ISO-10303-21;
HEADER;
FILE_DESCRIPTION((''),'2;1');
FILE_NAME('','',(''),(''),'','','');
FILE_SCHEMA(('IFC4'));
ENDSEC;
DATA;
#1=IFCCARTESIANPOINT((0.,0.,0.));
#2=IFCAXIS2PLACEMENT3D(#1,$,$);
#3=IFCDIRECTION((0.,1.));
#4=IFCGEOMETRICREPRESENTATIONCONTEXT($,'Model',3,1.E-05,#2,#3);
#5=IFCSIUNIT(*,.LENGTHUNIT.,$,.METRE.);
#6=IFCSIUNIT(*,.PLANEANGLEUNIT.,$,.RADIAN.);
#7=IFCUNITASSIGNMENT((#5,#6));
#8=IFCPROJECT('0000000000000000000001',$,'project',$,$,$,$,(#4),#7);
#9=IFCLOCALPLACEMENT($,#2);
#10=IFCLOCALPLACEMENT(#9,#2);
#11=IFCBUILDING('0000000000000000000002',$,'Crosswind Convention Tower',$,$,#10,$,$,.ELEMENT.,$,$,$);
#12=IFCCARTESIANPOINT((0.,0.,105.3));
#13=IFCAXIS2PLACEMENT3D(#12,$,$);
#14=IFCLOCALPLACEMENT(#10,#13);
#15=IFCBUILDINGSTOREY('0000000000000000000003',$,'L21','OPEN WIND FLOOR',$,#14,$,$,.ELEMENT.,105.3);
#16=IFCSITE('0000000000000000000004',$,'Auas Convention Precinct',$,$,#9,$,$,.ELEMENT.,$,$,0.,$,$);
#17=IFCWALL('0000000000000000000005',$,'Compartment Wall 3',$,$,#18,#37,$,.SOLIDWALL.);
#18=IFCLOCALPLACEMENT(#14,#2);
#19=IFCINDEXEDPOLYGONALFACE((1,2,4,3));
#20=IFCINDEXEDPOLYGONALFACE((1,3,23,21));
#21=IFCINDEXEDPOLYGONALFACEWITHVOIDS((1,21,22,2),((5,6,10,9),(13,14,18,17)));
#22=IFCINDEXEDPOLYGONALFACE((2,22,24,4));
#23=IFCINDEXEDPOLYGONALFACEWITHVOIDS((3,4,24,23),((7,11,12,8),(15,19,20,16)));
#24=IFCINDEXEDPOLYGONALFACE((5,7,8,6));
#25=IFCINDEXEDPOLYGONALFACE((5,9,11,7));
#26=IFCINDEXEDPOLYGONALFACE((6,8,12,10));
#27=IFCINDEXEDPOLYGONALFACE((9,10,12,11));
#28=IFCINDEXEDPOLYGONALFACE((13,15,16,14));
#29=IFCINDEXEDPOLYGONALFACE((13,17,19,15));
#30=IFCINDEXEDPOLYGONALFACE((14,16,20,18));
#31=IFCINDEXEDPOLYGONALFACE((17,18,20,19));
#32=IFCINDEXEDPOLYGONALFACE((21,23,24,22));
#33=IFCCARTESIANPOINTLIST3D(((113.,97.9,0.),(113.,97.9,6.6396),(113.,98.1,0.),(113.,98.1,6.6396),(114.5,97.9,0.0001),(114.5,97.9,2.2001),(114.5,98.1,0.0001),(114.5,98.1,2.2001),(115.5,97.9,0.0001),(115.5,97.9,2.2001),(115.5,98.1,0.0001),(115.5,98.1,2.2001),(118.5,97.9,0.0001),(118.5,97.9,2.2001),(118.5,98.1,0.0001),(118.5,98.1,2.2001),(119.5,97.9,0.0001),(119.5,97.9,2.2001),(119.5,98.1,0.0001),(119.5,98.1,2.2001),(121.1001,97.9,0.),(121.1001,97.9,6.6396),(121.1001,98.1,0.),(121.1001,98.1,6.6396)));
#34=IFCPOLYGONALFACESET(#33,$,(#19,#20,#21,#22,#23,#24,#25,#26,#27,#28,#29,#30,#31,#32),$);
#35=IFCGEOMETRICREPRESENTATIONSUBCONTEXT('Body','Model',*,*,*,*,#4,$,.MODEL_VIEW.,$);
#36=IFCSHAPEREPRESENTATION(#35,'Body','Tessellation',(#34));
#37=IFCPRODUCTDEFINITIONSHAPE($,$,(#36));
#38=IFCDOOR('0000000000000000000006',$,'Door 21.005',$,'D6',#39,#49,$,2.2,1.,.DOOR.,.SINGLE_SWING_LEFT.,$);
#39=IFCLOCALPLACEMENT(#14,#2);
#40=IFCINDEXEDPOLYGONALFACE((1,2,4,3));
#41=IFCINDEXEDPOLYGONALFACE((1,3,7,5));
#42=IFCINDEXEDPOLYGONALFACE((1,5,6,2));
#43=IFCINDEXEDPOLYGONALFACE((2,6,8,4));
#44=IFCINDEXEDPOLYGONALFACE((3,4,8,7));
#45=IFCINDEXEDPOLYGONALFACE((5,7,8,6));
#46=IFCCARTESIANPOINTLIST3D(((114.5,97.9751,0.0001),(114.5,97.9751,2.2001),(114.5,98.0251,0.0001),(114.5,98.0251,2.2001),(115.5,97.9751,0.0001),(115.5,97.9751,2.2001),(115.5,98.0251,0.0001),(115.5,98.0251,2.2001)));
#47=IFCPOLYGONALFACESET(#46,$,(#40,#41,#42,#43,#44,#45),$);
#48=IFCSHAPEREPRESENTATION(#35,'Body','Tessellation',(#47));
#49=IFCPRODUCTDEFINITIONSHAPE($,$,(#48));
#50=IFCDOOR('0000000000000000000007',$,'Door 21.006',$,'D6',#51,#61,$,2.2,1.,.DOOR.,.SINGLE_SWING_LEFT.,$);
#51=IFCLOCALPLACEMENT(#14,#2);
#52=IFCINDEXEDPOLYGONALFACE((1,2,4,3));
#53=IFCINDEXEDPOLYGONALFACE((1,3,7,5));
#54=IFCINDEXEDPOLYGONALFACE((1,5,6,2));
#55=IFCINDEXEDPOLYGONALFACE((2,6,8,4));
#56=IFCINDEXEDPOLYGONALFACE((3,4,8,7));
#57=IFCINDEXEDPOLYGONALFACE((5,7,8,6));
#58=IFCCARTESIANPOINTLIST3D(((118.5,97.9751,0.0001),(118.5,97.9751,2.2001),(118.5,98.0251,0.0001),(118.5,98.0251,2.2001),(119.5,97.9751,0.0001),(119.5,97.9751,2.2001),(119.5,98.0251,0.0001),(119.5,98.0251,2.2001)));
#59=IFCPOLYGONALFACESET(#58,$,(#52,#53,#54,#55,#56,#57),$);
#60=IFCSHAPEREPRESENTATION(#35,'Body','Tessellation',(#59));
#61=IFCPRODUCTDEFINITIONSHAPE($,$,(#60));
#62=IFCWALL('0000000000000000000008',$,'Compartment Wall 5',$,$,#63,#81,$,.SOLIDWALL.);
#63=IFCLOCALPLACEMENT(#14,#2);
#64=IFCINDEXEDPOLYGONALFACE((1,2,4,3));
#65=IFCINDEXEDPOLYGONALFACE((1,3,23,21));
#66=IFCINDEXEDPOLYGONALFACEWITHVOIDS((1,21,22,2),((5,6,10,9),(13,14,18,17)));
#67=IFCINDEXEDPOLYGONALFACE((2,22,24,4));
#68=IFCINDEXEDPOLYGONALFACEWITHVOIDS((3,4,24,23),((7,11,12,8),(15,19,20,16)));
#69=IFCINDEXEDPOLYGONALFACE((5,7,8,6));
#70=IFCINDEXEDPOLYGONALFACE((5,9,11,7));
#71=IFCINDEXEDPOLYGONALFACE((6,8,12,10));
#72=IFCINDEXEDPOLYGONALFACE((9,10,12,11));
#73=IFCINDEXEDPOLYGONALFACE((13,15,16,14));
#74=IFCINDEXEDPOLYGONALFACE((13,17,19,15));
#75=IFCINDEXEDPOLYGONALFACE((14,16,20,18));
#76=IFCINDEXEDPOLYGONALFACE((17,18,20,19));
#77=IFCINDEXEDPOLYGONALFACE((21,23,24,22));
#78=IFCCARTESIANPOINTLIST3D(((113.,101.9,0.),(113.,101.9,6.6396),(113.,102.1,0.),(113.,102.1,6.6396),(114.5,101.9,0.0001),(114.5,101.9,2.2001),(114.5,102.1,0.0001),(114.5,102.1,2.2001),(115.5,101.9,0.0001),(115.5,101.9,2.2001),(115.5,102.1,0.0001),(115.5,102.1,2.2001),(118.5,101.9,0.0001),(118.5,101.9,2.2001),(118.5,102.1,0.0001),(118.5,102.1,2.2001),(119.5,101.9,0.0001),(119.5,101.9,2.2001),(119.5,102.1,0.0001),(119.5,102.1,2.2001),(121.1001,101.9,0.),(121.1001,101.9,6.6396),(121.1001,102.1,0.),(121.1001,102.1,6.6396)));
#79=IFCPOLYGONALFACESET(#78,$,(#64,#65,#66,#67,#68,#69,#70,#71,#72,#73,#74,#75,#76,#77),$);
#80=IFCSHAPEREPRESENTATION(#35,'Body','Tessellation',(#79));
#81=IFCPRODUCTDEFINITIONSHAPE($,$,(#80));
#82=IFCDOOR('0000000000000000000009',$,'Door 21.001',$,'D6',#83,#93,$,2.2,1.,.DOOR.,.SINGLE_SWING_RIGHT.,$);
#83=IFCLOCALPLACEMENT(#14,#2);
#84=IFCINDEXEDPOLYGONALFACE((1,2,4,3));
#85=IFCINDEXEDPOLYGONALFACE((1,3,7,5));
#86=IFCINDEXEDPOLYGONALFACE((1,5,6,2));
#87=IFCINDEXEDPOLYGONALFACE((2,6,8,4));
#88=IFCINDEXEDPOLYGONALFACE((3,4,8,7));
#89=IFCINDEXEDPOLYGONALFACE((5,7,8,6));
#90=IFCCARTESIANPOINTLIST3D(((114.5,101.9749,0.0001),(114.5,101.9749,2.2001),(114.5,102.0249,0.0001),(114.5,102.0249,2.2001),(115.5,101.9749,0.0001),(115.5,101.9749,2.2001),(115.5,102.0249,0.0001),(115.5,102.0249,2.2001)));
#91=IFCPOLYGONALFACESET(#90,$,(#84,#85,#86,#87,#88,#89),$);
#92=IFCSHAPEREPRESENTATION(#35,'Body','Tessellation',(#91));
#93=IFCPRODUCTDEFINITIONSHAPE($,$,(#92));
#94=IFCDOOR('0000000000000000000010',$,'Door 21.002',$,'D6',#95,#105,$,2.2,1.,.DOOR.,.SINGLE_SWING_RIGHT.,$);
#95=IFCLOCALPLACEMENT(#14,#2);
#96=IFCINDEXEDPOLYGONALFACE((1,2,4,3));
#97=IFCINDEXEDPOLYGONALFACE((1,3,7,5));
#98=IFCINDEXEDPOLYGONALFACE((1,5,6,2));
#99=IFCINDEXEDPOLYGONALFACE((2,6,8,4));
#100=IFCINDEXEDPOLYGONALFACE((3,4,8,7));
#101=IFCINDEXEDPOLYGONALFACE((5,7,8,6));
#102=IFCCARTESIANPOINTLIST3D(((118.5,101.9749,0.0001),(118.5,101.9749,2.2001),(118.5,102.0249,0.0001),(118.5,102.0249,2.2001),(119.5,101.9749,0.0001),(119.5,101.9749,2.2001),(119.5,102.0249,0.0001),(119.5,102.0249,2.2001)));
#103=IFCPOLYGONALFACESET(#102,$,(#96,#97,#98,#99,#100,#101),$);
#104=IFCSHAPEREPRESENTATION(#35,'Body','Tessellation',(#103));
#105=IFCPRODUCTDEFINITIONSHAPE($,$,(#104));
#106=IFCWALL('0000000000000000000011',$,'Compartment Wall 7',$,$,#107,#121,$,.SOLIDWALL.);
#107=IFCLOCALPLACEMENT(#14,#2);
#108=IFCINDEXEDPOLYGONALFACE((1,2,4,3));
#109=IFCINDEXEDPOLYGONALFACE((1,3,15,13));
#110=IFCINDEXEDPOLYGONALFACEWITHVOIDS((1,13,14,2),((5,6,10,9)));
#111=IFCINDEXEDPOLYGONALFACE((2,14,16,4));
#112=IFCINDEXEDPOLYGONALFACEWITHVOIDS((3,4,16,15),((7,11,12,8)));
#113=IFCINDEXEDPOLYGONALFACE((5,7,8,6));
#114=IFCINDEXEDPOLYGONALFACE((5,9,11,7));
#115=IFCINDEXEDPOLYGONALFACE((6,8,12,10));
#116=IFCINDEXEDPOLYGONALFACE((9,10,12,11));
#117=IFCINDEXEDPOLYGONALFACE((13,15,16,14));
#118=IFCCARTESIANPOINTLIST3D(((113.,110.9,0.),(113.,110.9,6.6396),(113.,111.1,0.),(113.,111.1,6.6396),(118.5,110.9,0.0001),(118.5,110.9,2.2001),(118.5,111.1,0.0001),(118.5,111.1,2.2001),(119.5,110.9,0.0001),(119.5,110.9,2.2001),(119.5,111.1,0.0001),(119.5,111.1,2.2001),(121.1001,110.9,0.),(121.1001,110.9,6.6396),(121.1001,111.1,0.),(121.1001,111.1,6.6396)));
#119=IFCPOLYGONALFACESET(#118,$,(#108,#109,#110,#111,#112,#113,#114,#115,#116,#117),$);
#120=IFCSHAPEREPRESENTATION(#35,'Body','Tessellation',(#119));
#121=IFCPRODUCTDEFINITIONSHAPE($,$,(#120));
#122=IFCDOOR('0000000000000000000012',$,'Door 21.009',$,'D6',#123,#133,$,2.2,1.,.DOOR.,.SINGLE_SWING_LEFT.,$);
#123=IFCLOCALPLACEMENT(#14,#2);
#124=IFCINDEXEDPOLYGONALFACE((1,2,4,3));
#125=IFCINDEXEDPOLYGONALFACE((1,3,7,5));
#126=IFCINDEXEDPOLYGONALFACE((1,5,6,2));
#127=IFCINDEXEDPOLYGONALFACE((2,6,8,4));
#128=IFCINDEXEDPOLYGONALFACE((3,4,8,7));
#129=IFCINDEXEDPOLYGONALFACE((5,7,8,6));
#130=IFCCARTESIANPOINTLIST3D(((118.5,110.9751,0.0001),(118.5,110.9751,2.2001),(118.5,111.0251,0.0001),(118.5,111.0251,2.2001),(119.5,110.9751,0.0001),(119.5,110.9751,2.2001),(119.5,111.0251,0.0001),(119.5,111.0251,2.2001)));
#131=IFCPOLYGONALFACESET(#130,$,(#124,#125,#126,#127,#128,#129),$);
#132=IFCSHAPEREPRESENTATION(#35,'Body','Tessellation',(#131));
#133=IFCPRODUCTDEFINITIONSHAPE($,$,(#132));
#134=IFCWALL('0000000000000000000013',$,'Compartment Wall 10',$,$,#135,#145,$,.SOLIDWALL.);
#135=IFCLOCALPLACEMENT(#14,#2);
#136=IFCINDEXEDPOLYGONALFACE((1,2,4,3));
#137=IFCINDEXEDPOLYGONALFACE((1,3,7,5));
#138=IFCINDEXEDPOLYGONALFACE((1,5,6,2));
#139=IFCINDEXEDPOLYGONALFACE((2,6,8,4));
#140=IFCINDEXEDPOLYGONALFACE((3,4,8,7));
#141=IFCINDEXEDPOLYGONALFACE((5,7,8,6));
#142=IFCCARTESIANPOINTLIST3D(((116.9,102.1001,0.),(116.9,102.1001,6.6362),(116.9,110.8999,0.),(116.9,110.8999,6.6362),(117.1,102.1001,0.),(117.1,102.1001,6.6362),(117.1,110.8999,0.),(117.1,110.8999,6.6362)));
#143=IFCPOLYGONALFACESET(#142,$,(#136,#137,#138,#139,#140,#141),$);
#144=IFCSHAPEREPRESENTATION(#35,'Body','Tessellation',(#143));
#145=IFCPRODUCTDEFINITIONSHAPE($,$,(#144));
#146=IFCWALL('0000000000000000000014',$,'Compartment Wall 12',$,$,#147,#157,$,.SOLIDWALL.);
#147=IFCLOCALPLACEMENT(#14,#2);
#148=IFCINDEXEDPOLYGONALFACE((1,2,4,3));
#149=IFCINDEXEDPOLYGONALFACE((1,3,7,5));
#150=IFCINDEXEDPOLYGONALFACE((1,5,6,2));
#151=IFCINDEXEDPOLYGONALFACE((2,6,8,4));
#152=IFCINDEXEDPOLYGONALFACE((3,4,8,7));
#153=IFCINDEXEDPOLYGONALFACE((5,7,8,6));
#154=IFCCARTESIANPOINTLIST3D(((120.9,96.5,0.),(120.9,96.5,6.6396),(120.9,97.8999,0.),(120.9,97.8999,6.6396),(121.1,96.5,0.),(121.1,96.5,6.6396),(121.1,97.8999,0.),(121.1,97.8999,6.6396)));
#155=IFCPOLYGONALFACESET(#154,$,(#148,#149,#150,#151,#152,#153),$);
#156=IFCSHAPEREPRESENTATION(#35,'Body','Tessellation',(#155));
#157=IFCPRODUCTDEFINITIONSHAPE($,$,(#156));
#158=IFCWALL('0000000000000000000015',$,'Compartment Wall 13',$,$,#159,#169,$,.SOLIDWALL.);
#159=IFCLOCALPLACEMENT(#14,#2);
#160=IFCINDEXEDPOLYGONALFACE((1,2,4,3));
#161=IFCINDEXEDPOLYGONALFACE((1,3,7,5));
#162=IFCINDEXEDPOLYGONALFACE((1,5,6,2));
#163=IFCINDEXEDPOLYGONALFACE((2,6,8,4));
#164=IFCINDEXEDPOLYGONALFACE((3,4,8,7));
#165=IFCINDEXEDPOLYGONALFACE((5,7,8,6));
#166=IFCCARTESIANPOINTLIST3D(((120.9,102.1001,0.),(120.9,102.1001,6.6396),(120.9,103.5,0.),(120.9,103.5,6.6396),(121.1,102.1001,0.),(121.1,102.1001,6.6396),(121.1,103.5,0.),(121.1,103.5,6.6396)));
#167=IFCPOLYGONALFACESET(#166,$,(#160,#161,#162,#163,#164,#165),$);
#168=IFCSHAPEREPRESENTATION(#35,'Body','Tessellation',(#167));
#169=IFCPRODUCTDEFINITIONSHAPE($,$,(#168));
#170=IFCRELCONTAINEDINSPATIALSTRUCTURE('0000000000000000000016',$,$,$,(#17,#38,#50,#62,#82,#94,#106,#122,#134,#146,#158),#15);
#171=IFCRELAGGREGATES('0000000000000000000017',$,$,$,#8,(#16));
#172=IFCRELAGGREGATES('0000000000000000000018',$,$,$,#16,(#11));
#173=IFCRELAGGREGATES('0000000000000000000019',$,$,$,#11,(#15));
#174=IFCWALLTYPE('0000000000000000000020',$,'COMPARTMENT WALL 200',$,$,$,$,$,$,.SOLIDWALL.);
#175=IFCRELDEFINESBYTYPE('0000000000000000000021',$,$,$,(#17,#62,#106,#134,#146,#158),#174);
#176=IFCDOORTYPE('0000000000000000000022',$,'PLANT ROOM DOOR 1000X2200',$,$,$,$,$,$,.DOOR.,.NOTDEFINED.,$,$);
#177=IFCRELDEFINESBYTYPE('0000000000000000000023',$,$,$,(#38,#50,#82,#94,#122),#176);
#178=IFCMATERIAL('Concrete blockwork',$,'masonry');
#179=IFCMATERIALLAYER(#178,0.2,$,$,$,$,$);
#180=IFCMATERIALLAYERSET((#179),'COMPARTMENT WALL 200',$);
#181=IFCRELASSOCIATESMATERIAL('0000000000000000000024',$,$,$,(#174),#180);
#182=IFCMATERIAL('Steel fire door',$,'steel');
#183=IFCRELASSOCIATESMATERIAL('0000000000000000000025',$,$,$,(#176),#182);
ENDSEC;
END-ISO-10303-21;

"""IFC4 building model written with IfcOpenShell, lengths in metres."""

from ifc_helpers import new_model, si_unit, direction, frame, frame_2d, origin, place, context, subcontext, project, spatial, rectangle, extrude, material, layer, layer_set, type_object, element, fill, save


model = new_model("IFC4")

# Units and contexts
model_context = context("Model", 3, precision=1e-05, world=origin(), true_north=direction((0.0, 1.0)))
body_context = subcontext(model_context, "Body", "Model", "MODEL_VIEW")
ifc_project = project(units=[si_unit("LENGTHUNIT", "METRE"), si_unit("PLANEANGLEUNIT", "RADIAN")], contexts=[model_context])

# Site, building, storey
site_placement = place(None, origin())
site = spatial("IfcSite", under=ifc_project, at=site_placement, Name="Auas Convention Precinct", CompositionType="ELEMENT", RefElevation=0.0)
building_placement = place(site_placement, origin())
building = spatial("IfcBuilding", under=site, at=building_placement, Name="Crosswind Convention Tower", CompositionType="ELEMENT")
storey_placement = place(building_placement, frame((0.0, 0.0, 105.3)))
storey = spatial("IfcBuildingStorey", under=building, at=storey_placement, Name="L21", Description="OPEN WIND FLOOR", CompositionType="ELEMENT", Elevation=105.3)

# Walls, openings, doors
ifc_material_1 = material(Name="Concrete blockwork", Category="masonry")
ifc_layer_1 = layer(ifc_material_1, 0.2)
ifc_layer_set_1 = layer_set([ifc_layer_1], Name="COMPARTMENT WALL 200")
wall_type_1 = type_object("IfcWallType", Name="COMPARTMENT WALL 200", PredefinedType="SOLIDWALL", material=ifc_layer_set_1)
wall_1_placement = place(storey_placement, frame((113.0, 98.0, 0.0), z_axis=(0.0, 0.0, 1.0), x_axis=(1.0, 0.0, 0.0)))
wall_1 = element("IfcWall", 1, at=wall_1_placement, inside=storey, type_object=wall_type_1, Name="Compartment Wall 3", PredefinedType="SOLIDWALL", context=body_context, shape_type="SweptSolid", body=[
    extrude(rectangle(XDim=8.1001, YDim=0.2, at=frame_2d((4.05, 0.0))), origin(), (0.0, 0.0, 1.0), 6.6396),
])
opening_1_placement = place(wall_1_placement, frame((1.5, 0.0, 0.0)))
opening_1 = element("IfcOpeningElement", 2, at=opening_1_placement, cuts=wall_1, PredefinedType="OPENING", context=body_context, shape_type="SweptSolid", body=[
    extrude(rectangle(XDim=1.0, YDim=2.2, at=frame_2d((0.5, 1.1001))), frame((0.0, 0.1099, 0.0), z_axis=(0.0, -1.0, 0.0), x_axis=(1.0, 0.0, 0.0)), (0.0, 0.0, 1.0), 0.22),
])
opening_2_placement = place(wall_1_placement, frame((5.5, 0.0, 0.0)))
opening_2 = element("IfcOpeningElement", 3, at=opening_2_placement, cuts=wall_1, PredefinedType="OPENING", context=body_context, shape_type="SweptSolid", body=[
    extrude(rectangle(XDim=1.0, YDim=2.2, at=frame_2d((0.5, 1.1001))), frame((0.0, 0.1099, 0.0), z_axis=(0.0, -1.0, 0.0), x_axis=(1.0, 0.0, 0.0)), (0.0, 0.0, 1.0), 0.22),
])
ifc_material_2 = material(Name="Steel fire door", Category="steel")
door_type_1 = type_object("IfcDoorType", Name="PLANT ROOM DOOR 1000X2200", OperationType="NOTDEFINED", PredefinedType="DOOR", material=ifc_material_2)
door_1_placement = place(opening_1_placement, frame((1.0, 0.0, 0.0), z_axis=(0.0, 0.0, 1.0), x_axis=(-1.0, 0.0, 0.0)))
door_1 = element("IfcDoor", 4, at=door_1_placement, inside=storey, type_object=door_type_1, Name="Door 21.005", ObjectType="D6", OperationType="SINGLE_SWING_LEFT", OverallHeight=2.2, OverallWidth=1.0, PredefinedType="DOOR", context=body_context, shape_type="SweptSolid", body=[
    extrude(rectangle(XDim=1.0, YDim=2.2, at=frame_2d((0.5, 1.1001))), frame((0.0, 0.0249, 0.0), z_axis=(0.0, -1.0, 0.0), x_axis=(1.0, 0.0, 0.0)), (0.0, 0.0, 1.0), 0.05),
])
fill(opening_1, door_1)
door_2_placement = place(opening_2_placement, frame((1.0, 0.0, 0.0), z_axis=(0.0, 0.0, 1.0), x_axis=(-1.0, 0.0, 0.0)))
door_2 = element("IfcDoor", 5, at=door_2_placement, inside=storey, type_object=door_type_1, Name="Door 21.006", ObjectType="D6", OperationType="SINGLE_SWING_LEFT", OverallHeight=2.2, OverallWidth=1.0, PredefinedType="DOOR", context=body_context, shape_type="SweptSolid", body=[
    extrude(rectangle(XDim=1.0, YDim=2.2, at=frame_2d((0.5, 1.1001))), frame((0.0, 0.0249, 0.0), z_axis=(0.0, -1.0, 0.0), x_axis=(1.0, 0.0, 0.0)), (0.0, 0.0, 1.0), 0.05),
])
fill(opening_2, door_2)
wall_2_placement = place(storey_placement, frame((113.0, 102.0, 0.0), z_axis=(0.0, 0.0, 1.0), x_axis=(1.0, 0.0, 0.0)))
wall_2 = element("IfcWall", 6, at=wall_2_placement, inside=storey, type_object=wall_type_1, Name="Compartment Wall 5", PredefinedType="SOLIDWALL", context=body_context, shape_type="SweptSolid", body=[
    extrude(rectangle(XDim=8.1001, YDim=0.2, at=frame_2d((4.05, 0.0))), origin(), (0.0, 0.0, 1.0), 6.6396),
])
opening_3_placement = place(wall_2_placement, frame((1.5, 0.0, 0.0)))
opening_3 = element("IfcOpeningElement", 7, at=opening_3_placement, cuts=wall_2, PredefinedType="OPENING", context=body_context, shape_type="SweptSolid", body=[
    extrude(rectangle(XDim=1.0, YDim=2.2, at=frame_2d((0.5, 1.1001))), frame((0.0, 0.1099, 0.0), z_axis=(0.0, -1.0, 0.0), x_axis=(1.0, 0.0, 0.0)), (0.0, 0.0, 1.0), 0.22),
])
opening_4_placement = place(wall_2_placement, frame((5.5, 0.0, 0.0)))
opening_4 = element("IfcOpeningElement", 8, at=opening_4_placement, cuts=wall_2, PredefinedType="OPENING", context=body_context, shape_type="SweptSolid", body=[
    extrude(rectangle(XDim=1.0, YDim=2.2, at=frame_2d((0.5, 1.1001))), frame((0.0, 0.1099, 0.0), z_axis=(0.0, -1.0, 0.0), x_axis=(1.0, 0.0, 0.0)), (0.0, 0.0, 1.0), 0.22),
])
door_3_placement = place(opening_3_placement, origin())
door_3 = element("IfcDoor", 9, at=door_3_placement, inside=storey, type_object=door_type_1, Name="Door 21.001", ObjectType="D6", OperationType="SINGLE_SWING_RIGHT", OverallHeight=2.2, OverallWidth=1.0, PredefinedType="DOOR", context=body_context, shape_type="SweptSolid", body=[
    extrude(rectangle(XDim=1.0, YDim=2.2, at=frame_2d((0.5, 1.1001))), frame((0.0, 0.0249, 0.0), z_axis=(0.0, -1.0, 0.0), x_axis=(1.0, 0.0, 0.0)), (0.0, 0.0, 1.0), 0.05),
])
fill(opening_3, door_3)
door_4_placement = place(opening_4_placement, origin())
door_4 = element("IfcDoor", 10, at=door_4_placement, inside=storey, type_object=door_type_1, Name="Door 21.002", ObjectType="D6", OperationType="SINGLE_SWING_RIGHT", OverallHeight=2.2, OverallWidth=1.0, PredefinedType="DOOR", context=body_context, shape_type="SweptSolid", body=[
    extrude(rectangle(XDim=1.0, YDim=2.2, at=frame_2d((0.5, 1.1001))), frame((0.0, 0.0249, 0.0), z_axis=(0.0, -1.0, 0.0), x_axis=(1.0, 0.0, 0.0)), (0.0, 0.0, 1.0), 0.05),
])
fill(opening_4, door_4)

# Wall, opening, door
wall_3_placement = place(storey_placement, frame((113.0, 111.0, 0.0), z_axis=(0.0, 0.0, 1.0), x_axis=(1.0, 0.0, 0.0)))
wall_3 = element("IfcWall", 11, at=wall_3_placement, inside=storey, type_object=wall_type_1, Name="Compartment Wall 7", PredefinedType="SOLIDWALL", context=body_context, shape_type="SweptSolid", body=[
    extrude(rectangle(XDim=8.1001, YDim=0.2, at=frame_2d((4.05, 0.0))), origin(), (0.0, 0.0, 1.0), 6.6396),
])
opening_5_placement = place(wall_3_placement, frame((5.5, 0.0, 0.0)))
opening_5 = element("IfcOpeningElement", 12, at=opening_5_placement, cuts=wall_3, PredefinedType="OPENING", context=body_context, shape_type="SweptSolid", body=[
    extrude(rectangle(XDim=1.0, YDim=2.2, at=frame_2d((0.5, 1.1001))), frame((0.0, 0.1099, 0.0), z_axis=(0.0, -1.0, 0.0), x_axis=(1.0, 0.0, 0.0)), (0.0, 0.0, 1.0), 0.22),
])
door_5_placement = place(opening_5_placement, frame((1.0, 0.0, 0.0), z_axis=(0.0, 0.0, 1.0), x_axis=(-1.0, 0.0, 0.0)))
door_5 = element("IfcDoor", 13, at=door_5_placement, inside=storey, type_object=door_type_1, Name="Door 21.009", ObjectType="D6", OperationType="SINGLE_SWING_LEFT", OverallHeight=2.2, OverallWidth=1.0, PredefinedType="DOOR", context=body_context, shape_type="SweptSolid", body=[
    extrude(rectangle(XDim=1.0, YDim=2.2, at=frame_2d((0.5, 1.1001))), frame((0.0, 0.0249, 0.0), z_axis=(0.0, -1.0, 0.0), x_axis=(1.0, 0.0, 0.0)), (0.0, 0.0, 1.0), 0.05),
])
fill(opening_5, door_5)

# Walls
wall_4_placement = place(storey_placement, frame((117.0, 102.1001, 0.0), z_axis=(0.0, 0.0, 1.0), x_axis=(0.0, 1.0, 0.0)))
element("IfcWall", 14, at=wall_4_placement, inside=storey, type_object=wall_type_1, Name="Compartment Wall 10", PredefinedType="SOLIDWALL", context=body_context, shape_type="SweptSolid", body=[
    extrude(rectangle(XDim=8.7998, YDim=0.2, at=frame_2d((4.3999, 0.0))), origin(), (0.0, 0.0, 1.0), 6.6362),
])
for number, where, z_axis, x_axis, name in (
    (15, (121.0, 96.5, 0.0), (0.0, 0.0, 1.0), (0.0, 1.0, 0.0), "Compartment Wall 12"),
    (16, (121.0, 102.1001, 0.0), (0.0, 0.0, 1.0), (0.0, 1.0, 0.0), "Compartment Wall 13"),
):
    element("IfcWall", number, at=place(storey_placement, frame(where, z_axis=z_axis, x_axis=x_axis)), inside=storey, type_object=wall_type_1, Name=name, PredefinedType="SOLIDWALL", context=body_context, shape_type="SweptSolid", body=[
        extrude(rectangle(XDim=1.3999, YDim=0.2, at=frame_2d((0.7, 0.0))), origin(), (0.0, 0.0, 1.0), 6.6396),
    ])

save(model, "model.ifc")
